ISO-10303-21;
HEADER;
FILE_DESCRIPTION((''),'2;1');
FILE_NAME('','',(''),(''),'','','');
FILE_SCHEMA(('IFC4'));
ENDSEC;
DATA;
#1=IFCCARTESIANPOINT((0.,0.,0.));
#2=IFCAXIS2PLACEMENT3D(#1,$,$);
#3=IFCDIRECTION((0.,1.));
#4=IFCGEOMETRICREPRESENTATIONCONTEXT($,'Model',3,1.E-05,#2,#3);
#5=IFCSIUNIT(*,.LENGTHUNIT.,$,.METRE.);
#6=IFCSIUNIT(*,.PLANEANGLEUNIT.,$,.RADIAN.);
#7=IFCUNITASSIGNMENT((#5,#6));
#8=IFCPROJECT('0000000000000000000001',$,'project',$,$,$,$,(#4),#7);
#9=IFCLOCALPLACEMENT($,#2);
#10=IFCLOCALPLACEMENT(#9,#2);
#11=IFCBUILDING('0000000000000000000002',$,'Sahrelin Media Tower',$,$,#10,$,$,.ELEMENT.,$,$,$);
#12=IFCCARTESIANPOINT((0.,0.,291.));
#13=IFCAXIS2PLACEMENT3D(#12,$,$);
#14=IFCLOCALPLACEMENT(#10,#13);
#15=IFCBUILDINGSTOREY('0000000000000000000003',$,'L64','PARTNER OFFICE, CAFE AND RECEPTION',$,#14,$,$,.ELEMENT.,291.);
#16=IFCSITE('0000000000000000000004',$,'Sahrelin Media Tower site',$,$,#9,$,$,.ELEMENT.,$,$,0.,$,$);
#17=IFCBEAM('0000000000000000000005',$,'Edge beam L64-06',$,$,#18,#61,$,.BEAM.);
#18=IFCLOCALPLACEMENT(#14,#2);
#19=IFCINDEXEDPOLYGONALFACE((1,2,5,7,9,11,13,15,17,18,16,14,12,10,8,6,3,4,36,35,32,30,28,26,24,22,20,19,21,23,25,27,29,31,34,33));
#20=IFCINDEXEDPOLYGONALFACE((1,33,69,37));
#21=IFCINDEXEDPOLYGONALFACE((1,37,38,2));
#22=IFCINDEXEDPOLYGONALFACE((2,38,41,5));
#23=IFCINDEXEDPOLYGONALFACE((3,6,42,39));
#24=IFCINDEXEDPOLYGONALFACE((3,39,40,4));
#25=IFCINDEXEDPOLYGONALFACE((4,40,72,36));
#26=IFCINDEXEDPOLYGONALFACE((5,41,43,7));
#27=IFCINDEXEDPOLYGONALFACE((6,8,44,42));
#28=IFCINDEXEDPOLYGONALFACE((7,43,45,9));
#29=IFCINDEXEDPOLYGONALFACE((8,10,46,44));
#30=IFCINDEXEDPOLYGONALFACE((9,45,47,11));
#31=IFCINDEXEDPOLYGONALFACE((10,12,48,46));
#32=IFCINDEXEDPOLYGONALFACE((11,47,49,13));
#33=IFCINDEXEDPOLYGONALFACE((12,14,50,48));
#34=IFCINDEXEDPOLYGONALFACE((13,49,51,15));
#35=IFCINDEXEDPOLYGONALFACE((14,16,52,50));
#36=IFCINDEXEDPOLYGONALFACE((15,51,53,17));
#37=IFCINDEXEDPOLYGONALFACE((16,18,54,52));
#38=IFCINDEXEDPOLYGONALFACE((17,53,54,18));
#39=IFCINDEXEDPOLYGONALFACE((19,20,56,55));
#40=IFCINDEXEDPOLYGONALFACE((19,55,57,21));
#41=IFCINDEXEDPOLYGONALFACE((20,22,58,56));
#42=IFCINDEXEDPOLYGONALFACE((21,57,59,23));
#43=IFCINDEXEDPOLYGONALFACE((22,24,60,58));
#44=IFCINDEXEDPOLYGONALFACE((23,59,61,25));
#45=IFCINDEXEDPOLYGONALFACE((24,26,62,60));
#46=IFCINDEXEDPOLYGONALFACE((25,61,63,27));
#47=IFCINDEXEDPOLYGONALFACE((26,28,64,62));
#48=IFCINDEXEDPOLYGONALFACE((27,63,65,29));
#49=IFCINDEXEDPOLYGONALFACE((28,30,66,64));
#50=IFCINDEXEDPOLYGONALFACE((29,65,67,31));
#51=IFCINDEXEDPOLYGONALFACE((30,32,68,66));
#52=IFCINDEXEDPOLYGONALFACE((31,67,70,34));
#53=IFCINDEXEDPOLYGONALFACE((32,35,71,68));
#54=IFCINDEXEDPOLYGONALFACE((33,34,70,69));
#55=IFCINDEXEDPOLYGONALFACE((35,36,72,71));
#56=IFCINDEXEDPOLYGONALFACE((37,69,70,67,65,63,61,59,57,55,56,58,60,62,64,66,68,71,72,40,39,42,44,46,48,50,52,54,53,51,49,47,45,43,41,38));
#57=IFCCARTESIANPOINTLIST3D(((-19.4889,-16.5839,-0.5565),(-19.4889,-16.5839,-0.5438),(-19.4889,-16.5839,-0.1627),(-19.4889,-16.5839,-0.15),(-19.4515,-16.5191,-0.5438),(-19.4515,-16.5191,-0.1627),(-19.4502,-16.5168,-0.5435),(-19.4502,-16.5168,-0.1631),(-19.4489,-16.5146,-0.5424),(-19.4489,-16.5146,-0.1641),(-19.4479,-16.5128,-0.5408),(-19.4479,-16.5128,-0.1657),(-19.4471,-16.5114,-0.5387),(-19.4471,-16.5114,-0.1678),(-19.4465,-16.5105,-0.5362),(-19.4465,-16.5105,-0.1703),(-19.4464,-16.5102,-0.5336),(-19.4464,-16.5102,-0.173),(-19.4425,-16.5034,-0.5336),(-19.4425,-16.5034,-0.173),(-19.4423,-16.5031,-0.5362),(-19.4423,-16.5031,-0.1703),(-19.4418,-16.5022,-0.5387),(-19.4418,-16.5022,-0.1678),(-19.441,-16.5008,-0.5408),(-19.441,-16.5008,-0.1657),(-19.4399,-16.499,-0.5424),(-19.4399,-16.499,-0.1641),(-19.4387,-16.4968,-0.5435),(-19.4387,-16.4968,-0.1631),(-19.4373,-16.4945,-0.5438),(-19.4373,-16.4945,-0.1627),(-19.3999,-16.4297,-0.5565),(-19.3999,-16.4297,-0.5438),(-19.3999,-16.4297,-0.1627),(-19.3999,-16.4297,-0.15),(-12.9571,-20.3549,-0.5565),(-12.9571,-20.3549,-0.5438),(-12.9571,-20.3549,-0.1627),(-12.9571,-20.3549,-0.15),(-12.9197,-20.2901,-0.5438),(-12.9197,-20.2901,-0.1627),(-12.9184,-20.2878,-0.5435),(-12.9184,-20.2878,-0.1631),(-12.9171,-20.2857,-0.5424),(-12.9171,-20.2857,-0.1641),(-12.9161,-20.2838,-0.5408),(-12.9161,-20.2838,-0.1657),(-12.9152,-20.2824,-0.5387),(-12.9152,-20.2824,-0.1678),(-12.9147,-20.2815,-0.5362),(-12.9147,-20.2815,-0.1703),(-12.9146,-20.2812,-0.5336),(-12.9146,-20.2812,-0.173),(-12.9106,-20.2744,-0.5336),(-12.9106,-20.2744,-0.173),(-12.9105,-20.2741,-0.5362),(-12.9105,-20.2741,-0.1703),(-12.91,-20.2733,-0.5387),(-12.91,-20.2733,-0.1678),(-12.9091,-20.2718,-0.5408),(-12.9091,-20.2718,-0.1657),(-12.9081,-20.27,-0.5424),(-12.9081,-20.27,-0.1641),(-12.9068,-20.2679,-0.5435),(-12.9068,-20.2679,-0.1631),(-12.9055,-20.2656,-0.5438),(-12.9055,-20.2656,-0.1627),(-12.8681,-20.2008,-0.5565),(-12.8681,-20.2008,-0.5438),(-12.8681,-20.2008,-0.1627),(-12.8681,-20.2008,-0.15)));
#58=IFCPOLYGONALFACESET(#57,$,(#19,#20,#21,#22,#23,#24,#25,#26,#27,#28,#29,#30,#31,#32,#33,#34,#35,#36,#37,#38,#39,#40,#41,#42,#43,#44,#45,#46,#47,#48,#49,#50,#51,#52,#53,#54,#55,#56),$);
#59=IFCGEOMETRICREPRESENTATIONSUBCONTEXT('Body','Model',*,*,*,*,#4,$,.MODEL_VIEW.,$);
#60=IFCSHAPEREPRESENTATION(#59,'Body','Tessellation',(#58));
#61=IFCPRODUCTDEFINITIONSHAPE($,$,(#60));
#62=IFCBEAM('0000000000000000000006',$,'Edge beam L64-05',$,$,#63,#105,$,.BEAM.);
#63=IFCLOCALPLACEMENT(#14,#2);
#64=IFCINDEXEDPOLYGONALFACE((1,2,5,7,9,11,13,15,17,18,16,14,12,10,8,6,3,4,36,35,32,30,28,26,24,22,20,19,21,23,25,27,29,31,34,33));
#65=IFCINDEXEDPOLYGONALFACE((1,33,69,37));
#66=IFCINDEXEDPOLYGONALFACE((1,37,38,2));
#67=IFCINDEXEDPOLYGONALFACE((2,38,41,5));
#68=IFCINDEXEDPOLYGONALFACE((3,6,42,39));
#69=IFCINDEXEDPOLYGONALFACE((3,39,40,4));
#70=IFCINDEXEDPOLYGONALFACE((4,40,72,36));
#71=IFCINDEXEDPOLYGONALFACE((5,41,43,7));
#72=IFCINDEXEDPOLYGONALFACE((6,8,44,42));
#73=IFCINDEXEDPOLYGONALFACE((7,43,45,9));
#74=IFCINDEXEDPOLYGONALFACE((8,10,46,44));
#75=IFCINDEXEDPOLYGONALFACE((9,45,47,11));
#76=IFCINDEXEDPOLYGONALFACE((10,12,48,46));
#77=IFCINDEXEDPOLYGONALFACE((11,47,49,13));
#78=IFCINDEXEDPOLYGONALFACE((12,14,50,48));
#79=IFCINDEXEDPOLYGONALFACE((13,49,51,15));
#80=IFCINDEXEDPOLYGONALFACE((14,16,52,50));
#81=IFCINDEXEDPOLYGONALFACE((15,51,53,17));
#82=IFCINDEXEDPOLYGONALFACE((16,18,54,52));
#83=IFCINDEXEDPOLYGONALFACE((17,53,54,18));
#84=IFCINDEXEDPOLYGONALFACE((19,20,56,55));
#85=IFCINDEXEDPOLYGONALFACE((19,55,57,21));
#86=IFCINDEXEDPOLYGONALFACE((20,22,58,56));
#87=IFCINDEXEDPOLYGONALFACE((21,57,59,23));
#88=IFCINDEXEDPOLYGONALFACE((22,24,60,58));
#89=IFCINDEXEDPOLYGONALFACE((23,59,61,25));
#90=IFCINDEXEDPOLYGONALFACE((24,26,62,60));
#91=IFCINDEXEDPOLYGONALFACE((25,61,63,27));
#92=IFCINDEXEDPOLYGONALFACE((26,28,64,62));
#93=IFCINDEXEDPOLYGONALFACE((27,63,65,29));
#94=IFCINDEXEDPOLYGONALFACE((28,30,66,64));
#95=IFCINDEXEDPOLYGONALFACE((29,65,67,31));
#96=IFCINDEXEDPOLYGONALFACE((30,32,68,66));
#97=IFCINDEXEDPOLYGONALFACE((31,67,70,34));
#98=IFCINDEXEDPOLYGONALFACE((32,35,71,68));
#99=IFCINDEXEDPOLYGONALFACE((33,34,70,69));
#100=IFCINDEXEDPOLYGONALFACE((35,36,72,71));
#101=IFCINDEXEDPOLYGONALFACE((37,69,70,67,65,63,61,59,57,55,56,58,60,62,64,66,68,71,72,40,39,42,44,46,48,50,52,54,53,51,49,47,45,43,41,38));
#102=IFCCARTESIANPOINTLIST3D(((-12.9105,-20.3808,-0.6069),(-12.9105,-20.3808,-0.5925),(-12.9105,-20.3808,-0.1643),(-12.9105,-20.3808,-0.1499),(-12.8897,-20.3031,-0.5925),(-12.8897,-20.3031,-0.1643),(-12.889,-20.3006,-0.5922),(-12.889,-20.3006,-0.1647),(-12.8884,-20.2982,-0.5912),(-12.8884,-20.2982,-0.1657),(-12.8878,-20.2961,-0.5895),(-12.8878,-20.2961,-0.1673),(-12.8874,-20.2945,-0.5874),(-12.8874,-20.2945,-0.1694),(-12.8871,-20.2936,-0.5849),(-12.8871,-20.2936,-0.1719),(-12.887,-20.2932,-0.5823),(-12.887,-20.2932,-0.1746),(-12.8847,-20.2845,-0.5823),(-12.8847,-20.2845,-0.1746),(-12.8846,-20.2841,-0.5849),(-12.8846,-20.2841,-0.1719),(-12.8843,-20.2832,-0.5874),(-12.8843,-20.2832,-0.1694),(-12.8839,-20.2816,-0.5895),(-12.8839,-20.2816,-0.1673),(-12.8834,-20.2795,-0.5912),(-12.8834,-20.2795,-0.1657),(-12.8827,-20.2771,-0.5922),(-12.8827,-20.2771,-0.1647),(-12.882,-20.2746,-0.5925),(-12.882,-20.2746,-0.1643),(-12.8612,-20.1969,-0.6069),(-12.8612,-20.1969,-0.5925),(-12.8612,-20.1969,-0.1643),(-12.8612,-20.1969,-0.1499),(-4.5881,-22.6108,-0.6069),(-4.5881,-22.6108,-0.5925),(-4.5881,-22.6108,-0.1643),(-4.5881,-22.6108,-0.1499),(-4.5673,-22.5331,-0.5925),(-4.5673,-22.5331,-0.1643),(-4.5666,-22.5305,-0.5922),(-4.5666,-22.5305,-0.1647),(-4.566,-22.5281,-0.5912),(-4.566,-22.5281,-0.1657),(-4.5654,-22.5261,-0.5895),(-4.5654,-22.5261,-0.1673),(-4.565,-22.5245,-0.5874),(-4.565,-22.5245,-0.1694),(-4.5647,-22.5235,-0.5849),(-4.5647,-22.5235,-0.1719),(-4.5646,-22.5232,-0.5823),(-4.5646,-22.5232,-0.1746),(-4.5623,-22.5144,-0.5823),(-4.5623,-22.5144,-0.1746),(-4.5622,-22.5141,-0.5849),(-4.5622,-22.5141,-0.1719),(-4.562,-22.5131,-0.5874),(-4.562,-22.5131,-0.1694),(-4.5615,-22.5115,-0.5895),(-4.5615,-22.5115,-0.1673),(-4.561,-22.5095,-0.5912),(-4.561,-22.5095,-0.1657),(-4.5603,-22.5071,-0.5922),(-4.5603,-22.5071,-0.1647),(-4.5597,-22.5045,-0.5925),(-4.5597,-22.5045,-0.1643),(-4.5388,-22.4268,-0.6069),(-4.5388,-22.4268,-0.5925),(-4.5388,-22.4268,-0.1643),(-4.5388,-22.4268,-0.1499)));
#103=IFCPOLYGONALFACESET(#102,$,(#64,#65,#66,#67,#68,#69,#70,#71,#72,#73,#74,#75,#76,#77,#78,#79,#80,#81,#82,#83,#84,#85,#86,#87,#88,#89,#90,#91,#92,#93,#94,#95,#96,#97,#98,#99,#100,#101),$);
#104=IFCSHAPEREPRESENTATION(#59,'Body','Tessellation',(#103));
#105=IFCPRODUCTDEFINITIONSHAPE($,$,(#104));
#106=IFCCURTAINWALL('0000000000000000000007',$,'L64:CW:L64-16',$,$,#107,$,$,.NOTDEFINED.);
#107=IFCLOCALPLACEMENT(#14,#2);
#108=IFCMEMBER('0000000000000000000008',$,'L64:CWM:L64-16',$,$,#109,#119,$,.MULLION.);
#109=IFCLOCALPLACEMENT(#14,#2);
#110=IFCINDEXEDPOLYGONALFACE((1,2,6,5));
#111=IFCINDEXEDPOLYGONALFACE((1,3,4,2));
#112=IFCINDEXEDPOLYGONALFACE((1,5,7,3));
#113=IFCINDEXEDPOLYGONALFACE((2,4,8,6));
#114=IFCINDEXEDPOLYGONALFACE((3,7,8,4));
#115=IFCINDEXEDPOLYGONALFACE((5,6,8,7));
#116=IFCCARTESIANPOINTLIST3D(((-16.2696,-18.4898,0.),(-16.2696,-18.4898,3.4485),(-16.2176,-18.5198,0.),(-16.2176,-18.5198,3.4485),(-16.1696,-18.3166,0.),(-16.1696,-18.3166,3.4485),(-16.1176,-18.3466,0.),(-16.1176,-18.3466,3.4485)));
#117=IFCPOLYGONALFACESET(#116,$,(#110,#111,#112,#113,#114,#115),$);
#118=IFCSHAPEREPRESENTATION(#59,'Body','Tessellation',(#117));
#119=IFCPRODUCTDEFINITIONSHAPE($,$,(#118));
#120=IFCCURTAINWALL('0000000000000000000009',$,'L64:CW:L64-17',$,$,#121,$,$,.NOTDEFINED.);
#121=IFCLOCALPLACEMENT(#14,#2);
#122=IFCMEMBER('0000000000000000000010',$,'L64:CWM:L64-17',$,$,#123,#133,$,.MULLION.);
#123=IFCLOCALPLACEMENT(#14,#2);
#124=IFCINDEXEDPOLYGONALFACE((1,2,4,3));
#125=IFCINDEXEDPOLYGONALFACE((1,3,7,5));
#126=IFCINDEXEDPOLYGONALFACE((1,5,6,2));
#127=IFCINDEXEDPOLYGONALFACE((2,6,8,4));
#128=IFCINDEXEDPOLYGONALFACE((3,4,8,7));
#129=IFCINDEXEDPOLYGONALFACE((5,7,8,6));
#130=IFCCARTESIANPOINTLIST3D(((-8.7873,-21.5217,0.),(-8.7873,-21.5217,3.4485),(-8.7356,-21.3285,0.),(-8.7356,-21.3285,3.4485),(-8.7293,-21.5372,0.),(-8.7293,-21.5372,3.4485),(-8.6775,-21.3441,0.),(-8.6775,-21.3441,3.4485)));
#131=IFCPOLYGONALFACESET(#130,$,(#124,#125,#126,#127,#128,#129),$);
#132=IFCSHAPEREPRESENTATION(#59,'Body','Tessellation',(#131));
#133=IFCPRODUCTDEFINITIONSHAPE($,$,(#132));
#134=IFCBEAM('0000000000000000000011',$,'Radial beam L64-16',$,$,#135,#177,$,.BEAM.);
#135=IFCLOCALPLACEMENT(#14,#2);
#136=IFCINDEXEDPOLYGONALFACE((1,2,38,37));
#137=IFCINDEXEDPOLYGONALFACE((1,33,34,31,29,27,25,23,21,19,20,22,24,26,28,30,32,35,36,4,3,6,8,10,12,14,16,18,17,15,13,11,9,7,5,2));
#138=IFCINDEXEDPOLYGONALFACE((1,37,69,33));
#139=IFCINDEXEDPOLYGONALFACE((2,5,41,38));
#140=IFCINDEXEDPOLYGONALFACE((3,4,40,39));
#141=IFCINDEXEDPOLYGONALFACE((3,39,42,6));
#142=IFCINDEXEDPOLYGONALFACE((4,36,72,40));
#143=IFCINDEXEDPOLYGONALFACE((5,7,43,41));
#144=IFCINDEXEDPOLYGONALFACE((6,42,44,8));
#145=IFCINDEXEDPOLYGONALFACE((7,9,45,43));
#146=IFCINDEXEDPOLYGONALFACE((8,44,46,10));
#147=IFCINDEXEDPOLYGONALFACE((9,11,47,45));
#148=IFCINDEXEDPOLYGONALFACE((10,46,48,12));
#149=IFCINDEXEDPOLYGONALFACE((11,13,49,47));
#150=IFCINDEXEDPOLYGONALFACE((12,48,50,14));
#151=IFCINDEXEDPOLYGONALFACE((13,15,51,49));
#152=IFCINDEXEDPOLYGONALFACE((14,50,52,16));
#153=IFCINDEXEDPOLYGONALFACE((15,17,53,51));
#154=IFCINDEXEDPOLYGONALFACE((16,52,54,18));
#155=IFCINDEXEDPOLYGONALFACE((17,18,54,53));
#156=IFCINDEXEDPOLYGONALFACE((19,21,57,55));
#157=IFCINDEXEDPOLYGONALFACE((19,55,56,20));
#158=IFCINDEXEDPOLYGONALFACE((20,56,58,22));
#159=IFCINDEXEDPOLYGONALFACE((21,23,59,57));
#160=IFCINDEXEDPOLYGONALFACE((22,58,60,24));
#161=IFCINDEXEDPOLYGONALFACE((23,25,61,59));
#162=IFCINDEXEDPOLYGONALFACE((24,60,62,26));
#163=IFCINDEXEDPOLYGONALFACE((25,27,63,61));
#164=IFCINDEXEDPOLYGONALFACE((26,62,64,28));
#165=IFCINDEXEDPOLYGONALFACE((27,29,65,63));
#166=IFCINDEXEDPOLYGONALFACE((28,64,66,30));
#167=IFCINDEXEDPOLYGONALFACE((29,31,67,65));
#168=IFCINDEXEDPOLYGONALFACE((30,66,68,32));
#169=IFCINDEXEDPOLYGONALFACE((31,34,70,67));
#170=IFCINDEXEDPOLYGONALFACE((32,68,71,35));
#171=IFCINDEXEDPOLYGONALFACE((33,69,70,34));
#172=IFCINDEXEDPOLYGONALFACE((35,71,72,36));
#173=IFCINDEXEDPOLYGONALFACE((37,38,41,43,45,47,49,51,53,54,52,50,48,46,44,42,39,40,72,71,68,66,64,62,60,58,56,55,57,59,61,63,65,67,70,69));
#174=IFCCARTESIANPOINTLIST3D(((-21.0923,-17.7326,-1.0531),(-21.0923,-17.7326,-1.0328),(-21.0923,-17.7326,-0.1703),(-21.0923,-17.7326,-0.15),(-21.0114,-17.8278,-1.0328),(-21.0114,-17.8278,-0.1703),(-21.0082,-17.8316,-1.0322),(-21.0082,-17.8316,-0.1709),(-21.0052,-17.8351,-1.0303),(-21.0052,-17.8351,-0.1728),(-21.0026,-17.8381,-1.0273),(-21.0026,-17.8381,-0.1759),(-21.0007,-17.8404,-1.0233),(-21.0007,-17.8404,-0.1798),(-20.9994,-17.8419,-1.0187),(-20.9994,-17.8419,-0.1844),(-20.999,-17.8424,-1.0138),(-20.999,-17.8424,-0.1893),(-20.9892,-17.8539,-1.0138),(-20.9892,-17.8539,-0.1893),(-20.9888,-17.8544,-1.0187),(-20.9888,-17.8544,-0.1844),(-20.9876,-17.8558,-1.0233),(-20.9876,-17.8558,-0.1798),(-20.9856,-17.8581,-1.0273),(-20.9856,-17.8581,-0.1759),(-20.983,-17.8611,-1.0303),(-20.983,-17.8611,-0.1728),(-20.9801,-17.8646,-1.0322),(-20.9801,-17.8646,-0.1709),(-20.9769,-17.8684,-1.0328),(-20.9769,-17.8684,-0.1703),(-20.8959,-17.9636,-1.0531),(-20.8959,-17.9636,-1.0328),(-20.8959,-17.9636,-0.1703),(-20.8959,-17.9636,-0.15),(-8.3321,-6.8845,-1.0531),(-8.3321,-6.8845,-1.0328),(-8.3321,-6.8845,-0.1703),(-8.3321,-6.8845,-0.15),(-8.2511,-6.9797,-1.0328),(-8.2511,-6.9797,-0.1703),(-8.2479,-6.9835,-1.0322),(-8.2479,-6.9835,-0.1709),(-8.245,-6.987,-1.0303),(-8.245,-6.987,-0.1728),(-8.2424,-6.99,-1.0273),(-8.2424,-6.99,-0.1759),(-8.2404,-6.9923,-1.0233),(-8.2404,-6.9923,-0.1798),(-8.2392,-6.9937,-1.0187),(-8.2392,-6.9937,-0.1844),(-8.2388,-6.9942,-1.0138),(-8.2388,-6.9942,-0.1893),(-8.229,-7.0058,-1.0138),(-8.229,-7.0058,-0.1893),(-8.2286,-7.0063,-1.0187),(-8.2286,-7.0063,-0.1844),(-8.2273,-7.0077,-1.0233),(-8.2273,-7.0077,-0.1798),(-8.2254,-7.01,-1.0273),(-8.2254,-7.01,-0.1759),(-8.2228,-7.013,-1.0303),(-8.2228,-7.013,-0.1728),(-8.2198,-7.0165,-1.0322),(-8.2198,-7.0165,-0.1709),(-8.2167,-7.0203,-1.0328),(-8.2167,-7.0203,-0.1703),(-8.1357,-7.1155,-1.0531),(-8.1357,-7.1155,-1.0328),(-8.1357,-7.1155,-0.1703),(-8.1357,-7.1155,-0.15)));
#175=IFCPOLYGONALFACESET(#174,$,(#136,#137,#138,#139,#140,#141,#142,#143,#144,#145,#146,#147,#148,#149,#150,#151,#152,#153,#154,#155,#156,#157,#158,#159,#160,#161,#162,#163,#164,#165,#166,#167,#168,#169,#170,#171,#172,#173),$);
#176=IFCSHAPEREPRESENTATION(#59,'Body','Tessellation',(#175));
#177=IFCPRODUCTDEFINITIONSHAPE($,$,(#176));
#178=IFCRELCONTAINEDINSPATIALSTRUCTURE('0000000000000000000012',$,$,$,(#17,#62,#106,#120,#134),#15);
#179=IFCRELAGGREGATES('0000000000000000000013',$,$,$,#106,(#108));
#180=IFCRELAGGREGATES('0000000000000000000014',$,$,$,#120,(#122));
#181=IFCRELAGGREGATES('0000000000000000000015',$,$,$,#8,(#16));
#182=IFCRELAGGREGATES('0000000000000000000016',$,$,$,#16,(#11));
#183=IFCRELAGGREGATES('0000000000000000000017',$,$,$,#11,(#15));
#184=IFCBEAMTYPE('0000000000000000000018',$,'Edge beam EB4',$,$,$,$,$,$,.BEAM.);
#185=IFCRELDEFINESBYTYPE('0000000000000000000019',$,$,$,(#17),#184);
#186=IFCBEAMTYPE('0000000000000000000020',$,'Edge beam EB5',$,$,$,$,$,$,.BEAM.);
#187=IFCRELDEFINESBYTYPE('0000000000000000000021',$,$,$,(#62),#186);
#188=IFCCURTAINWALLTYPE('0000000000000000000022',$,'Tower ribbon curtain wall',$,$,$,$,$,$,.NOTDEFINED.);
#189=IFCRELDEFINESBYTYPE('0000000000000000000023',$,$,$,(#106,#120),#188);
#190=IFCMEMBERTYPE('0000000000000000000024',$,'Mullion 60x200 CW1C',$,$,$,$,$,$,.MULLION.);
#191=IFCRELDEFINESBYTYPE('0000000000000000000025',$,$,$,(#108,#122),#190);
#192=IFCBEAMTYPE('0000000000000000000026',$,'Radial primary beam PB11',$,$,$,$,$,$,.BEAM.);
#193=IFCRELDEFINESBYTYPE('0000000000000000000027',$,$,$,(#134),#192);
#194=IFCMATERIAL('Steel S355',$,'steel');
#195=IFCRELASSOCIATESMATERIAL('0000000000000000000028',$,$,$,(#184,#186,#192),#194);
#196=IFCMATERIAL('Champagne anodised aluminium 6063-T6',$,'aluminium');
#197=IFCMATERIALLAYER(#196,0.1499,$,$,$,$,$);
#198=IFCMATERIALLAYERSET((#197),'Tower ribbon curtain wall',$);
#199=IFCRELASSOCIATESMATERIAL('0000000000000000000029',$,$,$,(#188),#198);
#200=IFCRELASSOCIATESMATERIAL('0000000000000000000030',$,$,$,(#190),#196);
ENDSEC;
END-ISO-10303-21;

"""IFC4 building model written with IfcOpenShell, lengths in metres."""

from ifc_helpers import new_model, si_unit, direction, frame, origin, origin_2d, place, context, subcontext, project, spatial, rectangle, i_section, extrude, material, layer, layer_set, material_profile, profile_set, type_object, element, aggregate, save


model = new_model("IFC4")

# Units and contexts
model_context = context("Model", 3, precision=1e-05, world=origin(), true_north=direction((0.0, 1.0)))
body_context = subcontext(model_context, "Body", "Model", "MODEL_VIEW")
ifc_project = project(units=[si_unit("LENGTHUNIT", "METRE"), si_unit("PLANEANGLEUNIT", "RADIAN")], contexts=[model_context])

# Site, building, storey
site_placement = place(None, origin())
site = spatial("IfcSite", under=ifc_project, at=site_placement, Name="Sahrelin Media Tower site", CompositionType="ELEMENT", RefElevation=0.0)
building_placement = place(site_placement, origin())
building = spatial("IfcBuilding", under=site, at=building_placement, Name="Sahrelin Media Tower", CompositionType="ELEMENT")
storey_placement = place(building_placement, frame((0.0, 0.0, 291.0)))
storey = spatial("IfcBuildingStorey", under=building, at=storey_placement, Name="L64", Description="PARTNER OFFICE, CAFE AND RECEPTION", CompositionType="ELEMENT", Elevation=291.0)

# Beams
ifc_material_1 = material(Name="Steel S355", Category="steel")
ifc_material_profile_1 = material_profile(ifc_material_1, i_section(OverallWidth=0.178, OverallDepth=0.4065, WebThickness=0.0078, FlangeThickness=0.0127, FilletRadius=0.0103, at=origin_2d()), Name="UB 406x178x60")
ifc_profile_set_1 = profile_set([ifc_material_profile_1], Name="Steel S355")
beam_type_1 = type_object("IfcBeamType", Name="Edge beam EB4", PredefinedType="BEAM", material=ifc_profile_set_1)
beam_1_placement = place(storey_placement, frame((-12.9126, -20.2778, -0.3533), z_axis=(-0.866031, 0.49999, 0.0), x_axis=(-0.49999, -0.866031, 0.0)))
element("IfcBeam", 1, at=beam_1_placement, inside=storey, type_object=beam_type_1, Name="Edge beam L64-06", PredefinedType="BEAM", context=body_context, shape_type="SweptSolid", body=[
    extrude(i_section(OverallWidth=0.178, OverallDepth=0.4065, WebThickness=0.0078, FlangeThickness=0.0127, FilletRadius=0.0103, at=origin_2d()), origin(), (0.0, 0.0, 1.0), 7.5422),
])
ifc_material_profile_2 = material_profile(ifc_material_1, i_section(OverallWidth=0.1904, OverallDepth=0.457, WebThickness=0.009, FlangeThickness=0.0144, FilletRadius=0.0103, at=origin_2d()), Name="UB 457x191x74")
ifc_profile_set_2 = profile_set([ifc_material_profile_2], Name="Steel S355")
beam_type_2 = type_object("IfcBeamType", Name="Edge beam EB5", PredefinedType="BEAM", material=ifc_profile_set_2)
beam_2_placement = place(storey_placement, frame((-4.5635, -22.5188, -0.3784), z_axis=(-0.965927, 0.258816, 0.0), x_axis=(-0.258816, -0.965927, 0.0)))
element("IfcBeam", 2, at=beam_2_placement, inside=storey, type_object=beam_type_2, Name="Edge beam L64-05", PredefinedType="BEAM", context=body_context, shape_type="SweptSolid", body=[
    extrude(i_section(OverallWidth=0.1904, OverallDepth=0.457, WebThickness=0.009, FlangeThickness=0.0144, FilletRadius=0.0103, at=origin_2d()), origin(), (0.0, 0.0, 1.0), 8.616),
])

# Curtain walls, members
ifc_material_2 = material(Name="Champagne anodised aluminium 6063-T6", Category="aluminium")
ifc_layer_1 = layer(ifc_material_2, 0.1499)
ifc_layer_set_1 = layer_set([ifc_layer_1], Name="Tower ribbon curtain wall")
curtain_wall_type = type_object("IfcCurtainWallType", Name="Tower ribbon curtain wall", PredefinedType="NOTDEFINED", material=ifc_layer_set_1)
curtain_wall_1_placement = place(storey_placement, frame((-16.2534, -18.5222, 0.0), z_axis=(0.0, 0.0, 1.0), x_axis=(1.0, 0.0, 0.0)))
curtain_wall_1 = element("IfcCurtainWall", 3, at=curtain_wall_1_placement, inside=storey, type_object=curtain_wall_type, Name="L64:CW:L64-16", PredefinedType="NOTDEFINED")
ifc_material_profile_3 = material_profile(ifc_material_2, rectangle(XDim=0.0601, YDim=0.2, at=origin_2d()), Name="Mullion 60x200")
ifc_profile_set_3 = profile_set([ifc_material_profile_3], Name="Champagne anodised aluminium 6063-T6")
member_type_1 = type_object("IfcMemberType", Name="Mullion 60x200 CW1C", PredefinedType="MULLION", material=ifc_profile_set_3)
member_1_placement = place(storey_placement, frame((-16.1936, -18.4182, 0.0), z_axis=(0.0, 0.0, 1.0), x_axis=(0.866026, -0.499998, 0.0)))
member_1 = element("IfcMember", 4, at=member_1_placement, type_object=member_type_1, Name="L64:CWM:L64-16", PredefinedType="MULLION", context=body_context, shape_type="SweptSolid", body=[
    extrude(rectangle(XDim=0.0601, YDim=0.2, at=origin_2d()), origin(), (0.0, 0.0, 1.0), 3.4485),
])
aggregate(curtain_wall_1, [member_1])
curtain_wall_2_placement = place(storey_placement, frame((-8.7637, -21.5488, 0.0), z_axis=(0.0, 0.0, 1.0), x_axis=(1.0, 0.0, 0.0)))
curtain_wall_2 = element("IfcCurtainWall", 5, at=curtain_wall_2_placement, inside=storey, type_object=curtain_wall_type, Name="L64:CW:L64-17", PredefinedType="NOTDEFINED")
member_2_placement = place(storey_placement, frame((-8.7324, -21.4329, 0.0), z_axis=(0.0, 0.0, 1.0), x_axis=(0.965926, -0.258819, 0.0)))
member_2 = element("IfcMember", 6, at=member_2_placement, type_object=member_type_1, Name="L64:CWM:L64-17", PredefinedType="MULLION", context=body_context, shape_type="SweptSolid", body=[
    extrude(rectangle(XDim=0.0601, YDim=0.2, at=origin_2d()), origin(), (0.0, 0.0, 1.0), 3.4485),
])

# Beam
ifc_material_profile_4 = material_profile(ifc_material_1, i_section(OverallWidth=0.3032, OverallDepth=0.9031, WebThickness=0.0151, FlangeThickness=0.0203, FilletRadius=0.019, at=origin_2d()), Name="UB 914x305x201")
ifc_profile_set_4 = profile_set([ifc_material_profile_4], Name="Steel S355")
beam_type_3 = type_object("IfcBeamType", Name="Radial primary beam PB11", PredefinedType="BEAM", material=ifc_profile_set_4)
beam_3_placement = place(storey_placement, frame((-8.2339, -7.0, -0.6016), z_axis=(-0.761882, -0.647715, 0.0), x_axis=(0.647715, -0.761882, 0.0)))
element("IfcBeam", 7, at=beam_3_placement, inside=storey, type_object=beam_type_3, Name="Radial beam L64-16", PredefinedType="BEAM", context=body_context, shape_type="SweptSolid", body=[
    extrude(i_section(OverallWidth=0.3032, OverallDepth=0.9031, WebThickness=0.0151, FlangeThickness=0.0203, FilletRadius=0.019, at=origin_2d()), origin(), (0.0, 0.0, 1.0), 16.7483),
])

aggregate(curtain_wall_2, [member_2])

save(model, "model.ifc")
